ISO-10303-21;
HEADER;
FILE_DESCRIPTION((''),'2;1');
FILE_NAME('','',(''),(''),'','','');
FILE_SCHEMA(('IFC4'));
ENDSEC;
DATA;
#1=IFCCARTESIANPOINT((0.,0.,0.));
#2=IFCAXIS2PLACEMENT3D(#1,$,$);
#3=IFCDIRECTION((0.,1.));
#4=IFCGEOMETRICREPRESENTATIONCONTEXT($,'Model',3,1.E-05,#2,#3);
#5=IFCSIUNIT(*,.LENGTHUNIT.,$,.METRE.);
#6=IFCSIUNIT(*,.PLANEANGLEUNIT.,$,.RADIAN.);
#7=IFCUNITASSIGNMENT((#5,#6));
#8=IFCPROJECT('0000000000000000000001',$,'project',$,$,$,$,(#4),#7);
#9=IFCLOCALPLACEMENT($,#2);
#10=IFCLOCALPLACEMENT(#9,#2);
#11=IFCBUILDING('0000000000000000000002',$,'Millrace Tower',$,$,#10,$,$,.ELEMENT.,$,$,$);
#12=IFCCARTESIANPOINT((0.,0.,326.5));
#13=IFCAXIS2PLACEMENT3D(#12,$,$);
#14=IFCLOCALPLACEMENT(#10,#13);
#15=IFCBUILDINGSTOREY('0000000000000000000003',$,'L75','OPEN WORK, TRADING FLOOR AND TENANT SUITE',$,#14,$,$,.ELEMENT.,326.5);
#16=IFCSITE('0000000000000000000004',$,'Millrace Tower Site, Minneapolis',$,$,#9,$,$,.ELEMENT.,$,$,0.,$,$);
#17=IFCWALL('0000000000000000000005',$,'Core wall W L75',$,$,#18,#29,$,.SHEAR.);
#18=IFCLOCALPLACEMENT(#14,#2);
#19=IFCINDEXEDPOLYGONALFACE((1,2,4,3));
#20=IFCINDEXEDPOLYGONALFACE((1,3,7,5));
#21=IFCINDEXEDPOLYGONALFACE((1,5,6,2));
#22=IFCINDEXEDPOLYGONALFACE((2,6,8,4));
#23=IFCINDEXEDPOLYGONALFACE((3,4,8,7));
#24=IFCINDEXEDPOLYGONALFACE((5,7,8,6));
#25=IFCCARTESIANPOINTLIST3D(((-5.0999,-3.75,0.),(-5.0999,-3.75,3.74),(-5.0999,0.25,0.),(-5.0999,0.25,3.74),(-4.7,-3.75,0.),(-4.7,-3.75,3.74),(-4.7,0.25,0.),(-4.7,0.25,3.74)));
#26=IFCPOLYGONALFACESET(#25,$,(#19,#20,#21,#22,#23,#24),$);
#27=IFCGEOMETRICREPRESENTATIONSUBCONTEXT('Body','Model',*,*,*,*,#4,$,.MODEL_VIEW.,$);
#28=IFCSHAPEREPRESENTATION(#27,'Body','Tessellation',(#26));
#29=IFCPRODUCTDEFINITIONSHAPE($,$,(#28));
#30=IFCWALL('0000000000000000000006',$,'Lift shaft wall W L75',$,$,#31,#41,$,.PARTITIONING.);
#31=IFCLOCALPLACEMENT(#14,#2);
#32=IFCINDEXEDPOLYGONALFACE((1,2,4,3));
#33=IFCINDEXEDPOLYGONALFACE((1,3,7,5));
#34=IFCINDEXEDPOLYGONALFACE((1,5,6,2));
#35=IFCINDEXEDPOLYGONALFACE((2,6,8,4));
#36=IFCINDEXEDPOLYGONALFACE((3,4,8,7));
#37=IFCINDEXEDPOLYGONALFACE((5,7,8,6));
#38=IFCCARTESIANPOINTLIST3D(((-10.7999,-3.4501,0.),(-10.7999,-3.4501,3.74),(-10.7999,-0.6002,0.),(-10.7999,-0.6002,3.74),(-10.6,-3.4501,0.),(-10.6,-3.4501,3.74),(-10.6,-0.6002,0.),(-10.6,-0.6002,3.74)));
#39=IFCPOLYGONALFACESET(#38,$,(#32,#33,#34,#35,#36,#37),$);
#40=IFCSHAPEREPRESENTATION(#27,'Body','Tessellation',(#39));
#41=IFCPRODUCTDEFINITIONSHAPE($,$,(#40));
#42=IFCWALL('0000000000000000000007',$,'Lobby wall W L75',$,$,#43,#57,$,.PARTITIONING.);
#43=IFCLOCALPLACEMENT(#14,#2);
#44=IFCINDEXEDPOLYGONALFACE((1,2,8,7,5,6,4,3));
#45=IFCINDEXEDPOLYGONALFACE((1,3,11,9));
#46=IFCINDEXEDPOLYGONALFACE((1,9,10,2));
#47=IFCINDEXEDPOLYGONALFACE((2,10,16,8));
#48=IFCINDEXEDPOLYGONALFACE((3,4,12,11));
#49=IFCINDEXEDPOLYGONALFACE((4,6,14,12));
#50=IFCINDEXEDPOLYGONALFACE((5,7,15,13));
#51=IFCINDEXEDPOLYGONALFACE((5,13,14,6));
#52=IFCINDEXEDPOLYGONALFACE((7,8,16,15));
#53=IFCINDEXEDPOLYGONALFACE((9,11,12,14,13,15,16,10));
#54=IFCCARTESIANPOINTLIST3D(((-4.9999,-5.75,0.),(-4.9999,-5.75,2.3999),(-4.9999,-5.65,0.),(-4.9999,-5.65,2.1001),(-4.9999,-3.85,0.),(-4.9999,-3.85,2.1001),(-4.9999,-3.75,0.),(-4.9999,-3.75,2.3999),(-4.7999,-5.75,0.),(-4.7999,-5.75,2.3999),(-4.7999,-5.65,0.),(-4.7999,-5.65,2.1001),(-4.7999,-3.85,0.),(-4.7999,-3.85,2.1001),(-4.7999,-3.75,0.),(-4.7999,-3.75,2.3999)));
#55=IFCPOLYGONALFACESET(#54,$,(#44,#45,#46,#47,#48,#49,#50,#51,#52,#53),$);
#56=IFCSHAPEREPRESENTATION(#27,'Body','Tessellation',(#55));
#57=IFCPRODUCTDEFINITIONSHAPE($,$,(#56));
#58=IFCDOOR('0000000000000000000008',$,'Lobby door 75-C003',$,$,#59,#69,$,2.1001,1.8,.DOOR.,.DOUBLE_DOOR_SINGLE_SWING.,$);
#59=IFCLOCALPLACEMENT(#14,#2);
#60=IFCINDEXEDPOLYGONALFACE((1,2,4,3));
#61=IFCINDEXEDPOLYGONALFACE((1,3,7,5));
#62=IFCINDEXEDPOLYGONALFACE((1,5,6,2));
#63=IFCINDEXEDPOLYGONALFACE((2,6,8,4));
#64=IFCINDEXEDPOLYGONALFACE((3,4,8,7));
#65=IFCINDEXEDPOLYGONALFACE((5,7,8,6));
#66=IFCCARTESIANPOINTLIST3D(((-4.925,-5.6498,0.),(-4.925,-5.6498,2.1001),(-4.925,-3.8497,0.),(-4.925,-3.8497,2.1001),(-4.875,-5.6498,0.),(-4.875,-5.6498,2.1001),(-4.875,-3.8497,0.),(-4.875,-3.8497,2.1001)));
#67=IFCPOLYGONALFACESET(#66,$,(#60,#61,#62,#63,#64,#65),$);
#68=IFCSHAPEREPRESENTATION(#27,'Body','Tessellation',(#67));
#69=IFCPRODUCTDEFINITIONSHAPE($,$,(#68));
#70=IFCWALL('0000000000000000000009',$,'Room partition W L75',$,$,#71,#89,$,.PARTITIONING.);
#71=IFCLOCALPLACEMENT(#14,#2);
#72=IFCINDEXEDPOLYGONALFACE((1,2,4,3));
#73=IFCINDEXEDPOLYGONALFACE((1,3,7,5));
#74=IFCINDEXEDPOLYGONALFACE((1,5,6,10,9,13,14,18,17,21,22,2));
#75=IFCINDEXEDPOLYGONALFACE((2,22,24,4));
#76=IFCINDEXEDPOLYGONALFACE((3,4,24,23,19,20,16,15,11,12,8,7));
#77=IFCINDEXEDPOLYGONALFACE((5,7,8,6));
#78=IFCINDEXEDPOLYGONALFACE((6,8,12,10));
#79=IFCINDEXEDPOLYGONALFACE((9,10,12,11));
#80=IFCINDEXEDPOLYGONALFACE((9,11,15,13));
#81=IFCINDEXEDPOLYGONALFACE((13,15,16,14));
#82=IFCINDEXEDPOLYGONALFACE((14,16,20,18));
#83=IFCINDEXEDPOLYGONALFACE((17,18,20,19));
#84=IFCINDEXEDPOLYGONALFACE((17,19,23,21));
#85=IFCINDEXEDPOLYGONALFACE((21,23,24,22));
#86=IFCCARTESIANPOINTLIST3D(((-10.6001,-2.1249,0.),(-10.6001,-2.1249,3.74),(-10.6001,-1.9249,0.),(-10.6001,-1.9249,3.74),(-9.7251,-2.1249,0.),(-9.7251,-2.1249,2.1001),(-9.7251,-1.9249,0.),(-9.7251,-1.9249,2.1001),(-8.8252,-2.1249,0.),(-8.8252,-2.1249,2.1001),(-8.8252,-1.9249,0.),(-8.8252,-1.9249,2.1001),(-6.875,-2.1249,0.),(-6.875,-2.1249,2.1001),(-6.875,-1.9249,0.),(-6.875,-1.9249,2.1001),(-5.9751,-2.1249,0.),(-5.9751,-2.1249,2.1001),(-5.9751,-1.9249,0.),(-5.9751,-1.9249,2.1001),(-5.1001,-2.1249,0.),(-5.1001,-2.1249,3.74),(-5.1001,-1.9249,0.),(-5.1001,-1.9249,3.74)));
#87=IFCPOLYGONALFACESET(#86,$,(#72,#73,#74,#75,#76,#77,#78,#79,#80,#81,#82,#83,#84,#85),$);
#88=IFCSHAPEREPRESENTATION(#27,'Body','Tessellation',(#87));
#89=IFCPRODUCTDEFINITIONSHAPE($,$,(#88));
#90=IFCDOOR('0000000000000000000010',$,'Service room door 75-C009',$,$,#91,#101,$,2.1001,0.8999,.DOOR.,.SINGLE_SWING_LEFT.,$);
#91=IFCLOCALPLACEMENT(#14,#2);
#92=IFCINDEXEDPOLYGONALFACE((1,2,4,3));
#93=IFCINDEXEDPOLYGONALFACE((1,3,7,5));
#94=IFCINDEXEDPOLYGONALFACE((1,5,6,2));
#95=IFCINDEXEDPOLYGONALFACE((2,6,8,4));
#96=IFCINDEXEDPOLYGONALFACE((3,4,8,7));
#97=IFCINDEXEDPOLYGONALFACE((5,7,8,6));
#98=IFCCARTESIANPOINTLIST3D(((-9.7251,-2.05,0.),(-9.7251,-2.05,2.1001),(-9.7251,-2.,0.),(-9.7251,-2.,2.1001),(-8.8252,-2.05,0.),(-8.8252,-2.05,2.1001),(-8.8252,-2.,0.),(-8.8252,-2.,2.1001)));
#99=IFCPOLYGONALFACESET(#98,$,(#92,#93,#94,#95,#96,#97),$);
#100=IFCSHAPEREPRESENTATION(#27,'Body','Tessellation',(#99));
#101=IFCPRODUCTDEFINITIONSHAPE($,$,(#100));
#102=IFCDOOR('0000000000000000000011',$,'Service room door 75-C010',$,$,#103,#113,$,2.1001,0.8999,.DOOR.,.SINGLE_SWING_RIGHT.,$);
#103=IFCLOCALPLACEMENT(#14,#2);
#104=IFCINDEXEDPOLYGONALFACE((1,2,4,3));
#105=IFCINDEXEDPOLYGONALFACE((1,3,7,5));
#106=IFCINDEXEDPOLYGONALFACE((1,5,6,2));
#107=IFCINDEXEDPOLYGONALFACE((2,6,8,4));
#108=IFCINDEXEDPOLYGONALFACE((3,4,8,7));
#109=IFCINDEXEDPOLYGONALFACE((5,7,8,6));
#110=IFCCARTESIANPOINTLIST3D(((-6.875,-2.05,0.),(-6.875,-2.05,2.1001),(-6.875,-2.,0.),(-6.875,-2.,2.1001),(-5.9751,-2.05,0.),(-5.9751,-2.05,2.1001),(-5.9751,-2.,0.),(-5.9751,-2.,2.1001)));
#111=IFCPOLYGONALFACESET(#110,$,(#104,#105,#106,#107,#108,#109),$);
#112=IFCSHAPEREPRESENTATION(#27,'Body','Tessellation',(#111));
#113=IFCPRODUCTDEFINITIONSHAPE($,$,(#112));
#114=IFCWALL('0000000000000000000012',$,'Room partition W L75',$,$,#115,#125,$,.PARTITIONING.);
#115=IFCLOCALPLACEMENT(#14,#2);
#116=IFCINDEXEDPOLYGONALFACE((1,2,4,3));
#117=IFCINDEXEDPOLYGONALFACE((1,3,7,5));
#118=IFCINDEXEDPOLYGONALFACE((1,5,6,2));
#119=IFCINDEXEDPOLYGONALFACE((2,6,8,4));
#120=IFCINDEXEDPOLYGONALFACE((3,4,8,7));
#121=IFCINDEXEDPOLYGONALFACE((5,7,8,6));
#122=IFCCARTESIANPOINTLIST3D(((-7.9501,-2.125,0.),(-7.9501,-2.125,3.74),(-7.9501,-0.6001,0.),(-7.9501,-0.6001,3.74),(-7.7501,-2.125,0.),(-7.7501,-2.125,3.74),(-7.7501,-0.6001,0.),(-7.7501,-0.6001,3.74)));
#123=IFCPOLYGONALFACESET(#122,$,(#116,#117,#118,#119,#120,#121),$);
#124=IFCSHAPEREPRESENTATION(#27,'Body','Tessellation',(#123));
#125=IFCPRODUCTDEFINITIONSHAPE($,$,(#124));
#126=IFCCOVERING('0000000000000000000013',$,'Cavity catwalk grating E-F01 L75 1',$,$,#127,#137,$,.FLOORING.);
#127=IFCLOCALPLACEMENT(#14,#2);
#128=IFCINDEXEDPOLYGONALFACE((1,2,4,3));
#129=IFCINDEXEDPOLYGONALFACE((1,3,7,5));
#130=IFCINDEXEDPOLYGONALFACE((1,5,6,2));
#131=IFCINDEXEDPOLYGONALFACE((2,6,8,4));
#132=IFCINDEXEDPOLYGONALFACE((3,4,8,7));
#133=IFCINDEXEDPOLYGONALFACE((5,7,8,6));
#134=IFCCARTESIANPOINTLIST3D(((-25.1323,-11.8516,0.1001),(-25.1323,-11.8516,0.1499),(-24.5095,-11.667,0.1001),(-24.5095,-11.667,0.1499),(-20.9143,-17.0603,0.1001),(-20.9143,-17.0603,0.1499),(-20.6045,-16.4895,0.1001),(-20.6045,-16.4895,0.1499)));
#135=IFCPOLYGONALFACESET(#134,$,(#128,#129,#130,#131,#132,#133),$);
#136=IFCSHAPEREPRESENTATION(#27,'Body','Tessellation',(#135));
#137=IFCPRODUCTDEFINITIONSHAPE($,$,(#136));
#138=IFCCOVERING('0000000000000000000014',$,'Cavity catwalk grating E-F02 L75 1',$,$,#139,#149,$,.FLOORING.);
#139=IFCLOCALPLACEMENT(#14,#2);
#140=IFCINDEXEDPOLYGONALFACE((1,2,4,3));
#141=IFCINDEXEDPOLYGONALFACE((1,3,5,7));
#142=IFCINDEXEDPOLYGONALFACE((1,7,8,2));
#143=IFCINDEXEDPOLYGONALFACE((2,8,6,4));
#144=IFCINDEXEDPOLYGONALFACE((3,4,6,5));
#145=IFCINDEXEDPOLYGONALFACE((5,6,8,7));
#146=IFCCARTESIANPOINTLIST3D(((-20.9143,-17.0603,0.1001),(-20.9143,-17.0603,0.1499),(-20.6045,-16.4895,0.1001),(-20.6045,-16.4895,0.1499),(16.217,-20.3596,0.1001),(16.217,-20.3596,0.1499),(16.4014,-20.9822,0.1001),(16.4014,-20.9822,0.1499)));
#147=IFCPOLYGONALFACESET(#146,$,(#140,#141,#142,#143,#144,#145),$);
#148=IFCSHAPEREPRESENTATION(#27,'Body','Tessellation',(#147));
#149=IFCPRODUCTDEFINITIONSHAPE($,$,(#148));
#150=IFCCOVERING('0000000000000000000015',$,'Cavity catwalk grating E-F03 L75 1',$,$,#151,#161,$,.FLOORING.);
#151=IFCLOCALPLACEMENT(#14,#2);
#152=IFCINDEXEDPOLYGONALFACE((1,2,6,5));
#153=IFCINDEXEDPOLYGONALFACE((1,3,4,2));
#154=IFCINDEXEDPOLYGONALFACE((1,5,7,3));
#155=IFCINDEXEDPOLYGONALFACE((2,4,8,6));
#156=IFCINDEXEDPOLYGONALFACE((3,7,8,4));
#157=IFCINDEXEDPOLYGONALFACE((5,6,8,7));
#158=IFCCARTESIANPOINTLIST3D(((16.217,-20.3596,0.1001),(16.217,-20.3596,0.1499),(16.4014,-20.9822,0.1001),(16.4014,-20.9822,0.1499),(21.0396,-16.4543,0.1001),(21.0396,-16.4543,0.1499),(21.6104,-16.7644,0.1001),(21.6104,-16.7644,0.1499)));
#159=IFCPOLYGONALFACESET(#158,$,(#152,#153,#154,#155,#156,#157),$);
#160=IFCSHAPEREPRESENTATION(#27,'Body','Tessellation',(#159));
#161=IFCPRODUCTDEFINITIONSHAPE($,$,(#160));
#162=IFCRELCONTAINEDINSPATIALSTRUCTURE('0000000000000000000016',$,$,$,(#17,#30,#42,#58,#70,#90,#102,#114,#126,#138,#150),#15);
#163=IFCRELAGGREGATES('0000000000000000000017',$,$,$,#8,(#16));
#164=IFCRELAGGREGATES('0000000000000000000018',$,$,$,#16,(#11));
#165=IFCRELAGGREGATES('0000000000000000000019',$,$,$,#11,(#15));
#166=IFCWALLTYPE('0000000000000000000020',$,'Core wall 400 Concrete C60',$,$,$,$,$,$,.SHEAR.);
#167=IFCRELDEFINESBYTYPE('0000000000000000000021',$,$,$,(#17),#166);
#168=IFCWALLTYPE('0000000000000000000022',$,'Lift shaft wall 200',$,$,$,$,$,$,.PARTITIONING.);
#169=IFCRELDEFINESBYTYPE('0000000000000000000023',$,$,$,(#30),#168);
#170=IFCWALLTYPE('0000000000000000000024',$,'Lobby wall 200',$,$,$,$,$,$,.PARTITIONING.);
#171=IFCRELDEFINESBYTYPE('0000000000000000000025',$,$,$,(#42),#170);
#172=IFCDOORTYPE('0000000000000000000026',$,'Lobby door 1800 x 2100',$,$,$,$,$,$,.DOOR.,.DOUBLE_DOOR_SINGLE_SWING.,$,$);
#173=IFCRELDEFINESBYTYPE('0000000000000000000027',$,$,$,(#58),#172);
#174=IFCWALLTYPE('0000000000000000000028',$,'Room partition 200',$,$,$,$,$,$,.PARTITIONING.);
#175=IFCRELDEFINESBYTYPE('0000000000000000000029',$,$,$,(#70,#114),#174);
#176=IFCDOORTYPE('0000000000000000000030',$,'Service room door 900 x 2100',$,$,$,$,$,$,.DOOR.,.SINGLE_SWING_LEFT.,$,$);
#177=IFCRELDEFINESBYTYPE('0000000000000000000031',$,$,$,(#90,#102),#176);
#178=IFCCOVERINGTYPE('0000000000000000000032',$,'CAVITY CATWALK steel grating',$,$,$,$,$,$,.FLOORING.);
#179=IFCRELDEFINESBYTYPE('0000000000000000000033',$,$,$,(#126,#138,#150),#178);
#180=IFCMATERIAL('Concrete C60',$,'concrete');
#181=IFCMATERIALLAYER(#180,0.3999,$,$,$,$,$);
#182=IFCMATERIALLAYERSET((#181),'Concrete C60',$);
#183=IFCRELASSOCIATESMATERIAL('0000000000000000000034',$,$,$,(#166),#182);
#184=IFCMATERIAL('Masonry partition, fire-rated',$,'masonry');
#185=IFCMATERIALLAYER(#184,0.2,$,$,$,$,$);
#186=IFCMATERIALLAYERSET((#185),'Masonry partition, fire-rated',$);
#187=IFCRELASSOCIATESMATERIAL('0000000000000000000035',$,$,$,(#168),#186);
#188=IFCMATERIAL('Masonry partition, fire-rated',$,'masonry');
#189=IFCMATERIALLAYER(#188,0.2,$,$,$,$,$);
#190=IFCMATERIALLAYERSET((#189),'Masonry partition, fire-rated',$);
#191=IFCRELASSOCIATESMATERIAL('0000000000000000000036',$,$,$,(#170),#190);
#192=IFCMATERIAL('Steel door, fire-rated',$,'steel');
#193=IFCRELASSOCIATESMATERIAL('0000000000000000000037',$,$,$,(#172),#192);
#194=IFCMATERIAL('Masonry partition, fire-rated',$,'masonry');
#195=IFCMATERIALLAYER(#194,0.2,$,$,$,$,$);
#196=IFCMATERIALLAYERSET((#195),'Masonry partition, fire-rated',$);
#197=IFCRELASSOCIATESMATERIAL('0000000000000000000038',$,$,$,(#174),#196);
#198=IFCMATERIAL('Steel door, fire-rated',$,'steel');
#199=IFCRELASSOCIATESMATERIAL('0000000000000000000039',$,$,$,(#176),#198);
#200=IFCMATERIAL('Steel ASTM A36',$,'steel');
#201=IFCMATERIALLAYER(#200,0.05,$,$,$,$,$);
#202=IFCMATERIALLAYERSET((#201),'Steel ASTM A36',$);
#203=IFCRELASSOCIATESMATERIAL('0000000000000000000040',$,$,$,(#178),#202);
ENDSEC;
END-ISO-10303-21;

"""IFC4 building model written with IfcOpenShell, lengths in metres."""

from ifc_helpers import new_model, si_unit, direction, frame, frame_2d, origin, place, context, subcontext, project, spatial, polyline, rectangle, outline, extrude, material, layer, layer_set, type_object, element, fill, save


model = new_model("IFC4")

# Units and contexts
model_context = context("Model", 3, precision=1e-05, world=origin(), true_north=direction((0.0, 1.0)))
body_context = subcontext(model_context, "Body", "Model", "MODEL_VIEW")
ifc_project = project(units=[si_unit("LENGTHUNIT", "METRE"), si_unit("PLANEANGLEUNIT", "RADIAN")], contexts=[model_context])

# Site, building, storey
site_placement = place(None, origin())
site = spatial("IfcSite", under=ifc_project, at=site_placement, Name="Millrace Tower Site, Minneapolis", CompositionType="ELEMENT", RefElevation=0.0)
building_placement = place(site_placement, origin())
building = spatial("IfcBuilding", under=site, at=building_placement, Name="Millrace Tower", CompositionType="ELEMENT")
storey_placement = place(building_placement, frame((0.0, 0.0, 326.5)))
storey = spatial("IfcBuildingStorey", under=building, at=storey_placement, Name="L75", Description="OPEN WORK, TRADING FLOOR AND TENANT SUITE", CompositionType="ELEMENT", Elevation=326.5)

# Walls
ifc_material_1 = material(Name="Concrete C60", Category="concrete")
ifc_layer_1 = layer(ifc_material_1, 0.3999)
ifc_layer_set_1 = layer_set([ifc_layer_1], Name="Concrete C60")
wall_type_1 = type_object("IfcWallType", Name="Core wall 400 Concrete C60", PredefinedType="SHEAR", material=ifc_layer_set_1)
wall_1_placement = place(storey_placement, frame((-4.8999, -3.75, 0.0), z_axis=(0.0, 0.0, 1.0), x_axis=(0.0, 1.0, 0.0)))
element("IfcWall", 1, at=wall_1_placement, inside=storey, type_object=wall_type_1, Name="Core wall W L75", PredefinedType="SHEAR", context=body_context, shape_type="SweptSolid", body=[
    extrude(rectangle(XDim=4.0, YDim=0.3999, at=frame_2d((2.0, 0.0))), origin(), (0.0, 0.0, 1.0), 3.74),
])
ifc_material_2 = material(Name="Masonry partition, fire-rated", Category="masonry")
ifc_layer_2 = layer(ifc_material_2, 0.2)
ifc_layer_set_2 = layer_set([ifc_layer_2], Name="Masonry partition, fire-rated")
wall_type_2 = type_object("IfcWallType", Name="Lift shaft wall 200", PredefinedType="PARTITIONING", material=ifc_layer_set_2)
wall_2_placement = place(storey_placement, frame((-10.7, -3.45, 0.0), z_axis=(0.0, 0.0, 1.0), x_axis=(0.0, 1.0, 0.0)))
element("IfcWall", 2, at=wall_2_placement, inside=storey, type_object=wall_type_2, Name="Lift shaft wall W L75", PredefinedType="PARTITIONING", context=body_context, shape_type="SweptSolid", body=[
    extrude(rectangle(XDim=2.8499, YDim=0.2, at=frame_2d((1.4248, 0.0))), origin(), (0.0, 0.0, 1.0), 3.74),
])

# Wall, opening, door
ifc_material_3 = material(Name="Masonry partition, fire-rated", Category="masonry")
ifc_layer_3 = layer(ifc_material_3, 0.2)
ifc_layer_set_3 = layer_set([ifc_layer_3], Name="Masonry partition, fire-rated")
wall_type_3 = type_object("IfcWallType", Name="Lobby wall 200", PredefinedType="PARTITIONING", material=ifc_layer_set_3)
wall_3_placement = place(storey_placement, frame((-4.8999, -5.75, 0.0), z_axis=(0.0, 0.0, 1.0), x_axis=(0.0, 1.0, 0.0)))
wall_3 = element("IfcWall", 3, at=wall_3_placement, inside=storey, type_object=wall_type_3, Name="Lobby wall W L75", PredefinedType="PARTITIONING", context=body_context, shape_type="SweptSolid", body=[
    extrude(rectangle(XDim=2.0, YDim=0.2, at=frame_2d((1.0, 0.0))), origin(), (0.0, 0.0, 1.0), 2.3999),
])
opening_1_placement = place(wall_3_placement, frame((0.1001, 0.0, 0.0)))
opening_1 = element("IfcOpeningElement", 4, at=opening_1_placement, cuts=wall_3, PredefinedType="OPENING", context=body_context, shape_type="SweptSolid", body=[
    extrude(rectangle(XDim=1.8, YDim=2.1001, at=frame_2d((0.8999, 1.05))), frame((0.0, 0.1099, 0.0), z_axis=(0.0, -1.0, 0.0), x_axis=(1.0, 0.0, 0.0)), (0.0, 0.0, 1.0), 0.22),
])
ifc_material_4 = material(Name="Steel door, fire-rated", Category="steel")
door_type_1 = type_object("IfcDoorType", Name="Lobby door 1800 x 2100", OperationType="DOUBLE_DOOR_SINGLE_SWING", PredefinedType="DOOR", material=ifc_material_4)
door_1_placement = place(opening_1_placement, frame((1.8, 0.0, 0.0), z_axis=(0.0, 0.0, 1.0), x_axis=(-1.0, 0.0, 0.0)))
door_1 = element("IfcDoor", 5, at=door_1_placement, inside=storey, type_object=door_type_1, Name="Lobby door 75-C003", OperationType="DOUBLE_DOOR_SINGLE_SWING", OverallHeight=2.1001, OverallWidth=1.8, PredefinedType="DOOR", context=body_context, shape_type="SweptSolid", body=[
    extrude(rectangle(XDim=1.8, YDim=2.1001, at=frame_2d((0.8999, 1.05))), frame((0.0, 0.0249, 0.0), z_axis=(0.0, -1.0, 0.0), x_axis=(1.0, 0.0, 0.0)), (0.0, 0.0, 1.0), 0.05),
])
fill(opening_1, door_1)

# Wall, openings, doors
ifc_material_5 = material(Name="Masonry partition, fire-rated", Category="masonry")
ifc_layer_4 = layer(ifc_material_5, 0.2)
ifc_layer_set_4 = layer_set([ifc_layer_4], Name="Masonry partition, fire-rated")
wall_type_4 = type_object("IfcWallType", Name="Room partition 200", PredefinedType="PARTITIONING", material=ifc_layer_set_4)
wall_4_placement = place(storey_placement, frame((-10.6001, -2.0249, 0.0), z_axis=(0.0, 0.0, 1.0), x_axis=(1.0, 0.0, 0.0)))
wall_4 = element("IfcWall", 6, at=wall_4_placement, inside=storey, type_object=wall_type_4, Name="Room partition W L75", PredefinedType="PARTITIONING", context=body_context, shape_type="SweptSolid", body=[
    extrude(rectangle(XDim=5.5, YDim=0.2, at=frame_2d((2.75, 0.0))), origin(), (0.0, 0.0, 1.0), 3.74),
])
opening_2_placement = place(wall_4_placement, frame((0.875, 0.0, 0.0)))
opening_2 = element("IfcOpeningElement", 7, at=opening_2_placement, cuts=wall_4, PredefinedType="OPENING", context=body_context, shape_type="SweptSolid", body=[
    extrude(rectangle(XDim=0.8999, YDim=2.1001, at=frame_2d((0.45, 1.05))), frame((0.0, 0.1099, 0.0), z_axis=(0.0, -1.0, 0.0), x_axis=(1.0, 0.0, 0.0)), (0.0, 0.0, 1.0), 0.22),
])
opening_3_placement = place(wall_4_placement, frame((3.7251, 0.0, 0.0)))
opening_3 = element("IfcOpeningElement", 8, at=opening_3_placement, cuts=wall_4, PredefinedType="OPENING", context=body_context, shape_type="SweptSolid", body=[
    extrude(rectangle(XDim=0.8999, YDim=2.1001, at=frame_2d((0.45, 1.05))), frame((0.0, 0.1099, 0.0), z_axis=(0.0, -1.0, 0.0), x_axis=(1.0, 0.0, 0.0)), (0.0, 0.0, 1.0), 0.22),
])
ifc_material_6 = material(Name="Steel door, fire-rated", Category="steel")
door_type_2 = type_object("IfcDoorType", Name="Service room door 900 x 2100", OperationType="SINGLE_SWING_LEFT", PredefinedType="DOOR", material=ifc_material_6)
door_2_placement = place(opening_2_placement, origin())
door_2 = element("IfcDoor", 9, at=door_2_placement, inside=storey, type_object=door_type_2, Name="Service room door 75-C009", OperationType="SINGLE_SWING_LEFT", OverallHeight=2.1001, OverallWidth=0.8999, PredefinedType="DOOR", context=body_context, shape_type="SweptSolid", body=[
    extrude(rectangle(XDim=0.8999, YDim=2.1001, at=frame_2d((0.45, 1.05))), frame((0.0, 0.0249, 0.0), z_axis=(0.0, -1.0, 0.0), x_axis=(1.0, 0.0, 0.0)), (0.0, 0.0, 1.0), 0.05),
])
fill(opening_2, door_2)
door_3_placement = place(opening_3_placement, origin())
door_3 = element("IfcDoor", 10, at=door_3_placement, inside=storey, type_object=door_type_2, Name="Service room door 75-C010", OperationType="SINGLE_SWING_RIGHT", OverallHeight=2.1001, OverallWidth=0.8999, PredefinedType="DOOR", context=body_context, shape_type="SweptSolid", body=[
    extrude(rectangle(XDim=0.8999, YDim=2.1001, at=frame_2d((0.45, 1.05))), frame((0.0, 0.0249, 0.0), z_axis=(0.0, -1.0, 0.0), x_axis=(1.0, 0.0, 0.0)), (0.0, 0.0, 1.0), 0.05),
])
fill(opening_3, door_3)

# Wall
wall_5_placement = place(storey_placement, frame((-7.8501, -2.125, 0.0), z_axis=(0.0, 0.0, 1.0), x_axis=(0.0, 1.0, 0.0)))
element("IfcWall", 11, at=wall_5_placement, inside=storey, type_object=wall_type_4, Name="Room partition W L75", PredefinedType="PARTITIONING", context=body_context, shape_type="SweptSolid", body=[
    extrude(rectangle(XDim=1.5249, YDim=0.2, at=frame_2d((0.7625, 0.0))), origin(), (0.0, 0.0, 1.0), 3.74),
])

# Coverings
ifc_material_7 = material(Name="Steel ASTM A36", Category="steel")
ifc_layer_5 = layer(ifc_material_7, 0.05)
ifc_layer_set_5 = layer_set([ifc_layer_5], Name="Steel ASTM A36")
covering_type = type_object("IfcCoveringType", Name="CAVITY CATWALK steel grating", PredefinedType="FLOORING", material=ifc_layer_set_5)
placement_1 = place(storey_placement, frame((0.0, 0.0, 0.1001)))
element("IfcCovering", 12, at=placement_1, inside=storey, type_object=covering_type, Name="Cavity catwalk grating E-F01 L75 1", PredefinedType="FLOORING", context=body_context, shape_type="SweptSolid", body=[
    extrude(outline(polyline([(-25.1323, -11.8516), (-20.9143, -17.0603), (-20.6045, -16.4895), (-24.5095, -11.667), (-25.1323, -11.8516)])), origin(), (0.0, 0.0, 1.0), 0.0498),
])
element("IfcCovering", 13, at=placement_1, inside=storey, type_object=covering_type, Name="Cavity catwalk grating E-F02 L75 1", PredefinedType="FLOORING", context=body_context, shape_type="SweptSolid", body=[
    extrude(outline(polyline([(-20.9143, -17.0603), (16.4014, -20.9822), (16.217, -20.3596), (-20.6045, -16.4895), (-20.9143, -17.0603)])), origin(), (0.0, 0.0, 1.0), 0.0498),
])
element("IfcCovering", 14, at=placement_1, inside=storey, type_object=covering_type, Name="Cavity catwalk grating E-F03 L75 1", PredefinedType="FLOORING", context=body_context, shape_type="SweptSolid", body=[
    extrude(outline(polyline([(16.4014, -20.9822), (21.6104, -16.7644), (21.0396, -16.4543), (16.217, -20.3596), (16.4014, -20.9822)])), origin(), (0.0, 0.0, 1.0), 0.0498),
])

save(model, "model.ifc")
